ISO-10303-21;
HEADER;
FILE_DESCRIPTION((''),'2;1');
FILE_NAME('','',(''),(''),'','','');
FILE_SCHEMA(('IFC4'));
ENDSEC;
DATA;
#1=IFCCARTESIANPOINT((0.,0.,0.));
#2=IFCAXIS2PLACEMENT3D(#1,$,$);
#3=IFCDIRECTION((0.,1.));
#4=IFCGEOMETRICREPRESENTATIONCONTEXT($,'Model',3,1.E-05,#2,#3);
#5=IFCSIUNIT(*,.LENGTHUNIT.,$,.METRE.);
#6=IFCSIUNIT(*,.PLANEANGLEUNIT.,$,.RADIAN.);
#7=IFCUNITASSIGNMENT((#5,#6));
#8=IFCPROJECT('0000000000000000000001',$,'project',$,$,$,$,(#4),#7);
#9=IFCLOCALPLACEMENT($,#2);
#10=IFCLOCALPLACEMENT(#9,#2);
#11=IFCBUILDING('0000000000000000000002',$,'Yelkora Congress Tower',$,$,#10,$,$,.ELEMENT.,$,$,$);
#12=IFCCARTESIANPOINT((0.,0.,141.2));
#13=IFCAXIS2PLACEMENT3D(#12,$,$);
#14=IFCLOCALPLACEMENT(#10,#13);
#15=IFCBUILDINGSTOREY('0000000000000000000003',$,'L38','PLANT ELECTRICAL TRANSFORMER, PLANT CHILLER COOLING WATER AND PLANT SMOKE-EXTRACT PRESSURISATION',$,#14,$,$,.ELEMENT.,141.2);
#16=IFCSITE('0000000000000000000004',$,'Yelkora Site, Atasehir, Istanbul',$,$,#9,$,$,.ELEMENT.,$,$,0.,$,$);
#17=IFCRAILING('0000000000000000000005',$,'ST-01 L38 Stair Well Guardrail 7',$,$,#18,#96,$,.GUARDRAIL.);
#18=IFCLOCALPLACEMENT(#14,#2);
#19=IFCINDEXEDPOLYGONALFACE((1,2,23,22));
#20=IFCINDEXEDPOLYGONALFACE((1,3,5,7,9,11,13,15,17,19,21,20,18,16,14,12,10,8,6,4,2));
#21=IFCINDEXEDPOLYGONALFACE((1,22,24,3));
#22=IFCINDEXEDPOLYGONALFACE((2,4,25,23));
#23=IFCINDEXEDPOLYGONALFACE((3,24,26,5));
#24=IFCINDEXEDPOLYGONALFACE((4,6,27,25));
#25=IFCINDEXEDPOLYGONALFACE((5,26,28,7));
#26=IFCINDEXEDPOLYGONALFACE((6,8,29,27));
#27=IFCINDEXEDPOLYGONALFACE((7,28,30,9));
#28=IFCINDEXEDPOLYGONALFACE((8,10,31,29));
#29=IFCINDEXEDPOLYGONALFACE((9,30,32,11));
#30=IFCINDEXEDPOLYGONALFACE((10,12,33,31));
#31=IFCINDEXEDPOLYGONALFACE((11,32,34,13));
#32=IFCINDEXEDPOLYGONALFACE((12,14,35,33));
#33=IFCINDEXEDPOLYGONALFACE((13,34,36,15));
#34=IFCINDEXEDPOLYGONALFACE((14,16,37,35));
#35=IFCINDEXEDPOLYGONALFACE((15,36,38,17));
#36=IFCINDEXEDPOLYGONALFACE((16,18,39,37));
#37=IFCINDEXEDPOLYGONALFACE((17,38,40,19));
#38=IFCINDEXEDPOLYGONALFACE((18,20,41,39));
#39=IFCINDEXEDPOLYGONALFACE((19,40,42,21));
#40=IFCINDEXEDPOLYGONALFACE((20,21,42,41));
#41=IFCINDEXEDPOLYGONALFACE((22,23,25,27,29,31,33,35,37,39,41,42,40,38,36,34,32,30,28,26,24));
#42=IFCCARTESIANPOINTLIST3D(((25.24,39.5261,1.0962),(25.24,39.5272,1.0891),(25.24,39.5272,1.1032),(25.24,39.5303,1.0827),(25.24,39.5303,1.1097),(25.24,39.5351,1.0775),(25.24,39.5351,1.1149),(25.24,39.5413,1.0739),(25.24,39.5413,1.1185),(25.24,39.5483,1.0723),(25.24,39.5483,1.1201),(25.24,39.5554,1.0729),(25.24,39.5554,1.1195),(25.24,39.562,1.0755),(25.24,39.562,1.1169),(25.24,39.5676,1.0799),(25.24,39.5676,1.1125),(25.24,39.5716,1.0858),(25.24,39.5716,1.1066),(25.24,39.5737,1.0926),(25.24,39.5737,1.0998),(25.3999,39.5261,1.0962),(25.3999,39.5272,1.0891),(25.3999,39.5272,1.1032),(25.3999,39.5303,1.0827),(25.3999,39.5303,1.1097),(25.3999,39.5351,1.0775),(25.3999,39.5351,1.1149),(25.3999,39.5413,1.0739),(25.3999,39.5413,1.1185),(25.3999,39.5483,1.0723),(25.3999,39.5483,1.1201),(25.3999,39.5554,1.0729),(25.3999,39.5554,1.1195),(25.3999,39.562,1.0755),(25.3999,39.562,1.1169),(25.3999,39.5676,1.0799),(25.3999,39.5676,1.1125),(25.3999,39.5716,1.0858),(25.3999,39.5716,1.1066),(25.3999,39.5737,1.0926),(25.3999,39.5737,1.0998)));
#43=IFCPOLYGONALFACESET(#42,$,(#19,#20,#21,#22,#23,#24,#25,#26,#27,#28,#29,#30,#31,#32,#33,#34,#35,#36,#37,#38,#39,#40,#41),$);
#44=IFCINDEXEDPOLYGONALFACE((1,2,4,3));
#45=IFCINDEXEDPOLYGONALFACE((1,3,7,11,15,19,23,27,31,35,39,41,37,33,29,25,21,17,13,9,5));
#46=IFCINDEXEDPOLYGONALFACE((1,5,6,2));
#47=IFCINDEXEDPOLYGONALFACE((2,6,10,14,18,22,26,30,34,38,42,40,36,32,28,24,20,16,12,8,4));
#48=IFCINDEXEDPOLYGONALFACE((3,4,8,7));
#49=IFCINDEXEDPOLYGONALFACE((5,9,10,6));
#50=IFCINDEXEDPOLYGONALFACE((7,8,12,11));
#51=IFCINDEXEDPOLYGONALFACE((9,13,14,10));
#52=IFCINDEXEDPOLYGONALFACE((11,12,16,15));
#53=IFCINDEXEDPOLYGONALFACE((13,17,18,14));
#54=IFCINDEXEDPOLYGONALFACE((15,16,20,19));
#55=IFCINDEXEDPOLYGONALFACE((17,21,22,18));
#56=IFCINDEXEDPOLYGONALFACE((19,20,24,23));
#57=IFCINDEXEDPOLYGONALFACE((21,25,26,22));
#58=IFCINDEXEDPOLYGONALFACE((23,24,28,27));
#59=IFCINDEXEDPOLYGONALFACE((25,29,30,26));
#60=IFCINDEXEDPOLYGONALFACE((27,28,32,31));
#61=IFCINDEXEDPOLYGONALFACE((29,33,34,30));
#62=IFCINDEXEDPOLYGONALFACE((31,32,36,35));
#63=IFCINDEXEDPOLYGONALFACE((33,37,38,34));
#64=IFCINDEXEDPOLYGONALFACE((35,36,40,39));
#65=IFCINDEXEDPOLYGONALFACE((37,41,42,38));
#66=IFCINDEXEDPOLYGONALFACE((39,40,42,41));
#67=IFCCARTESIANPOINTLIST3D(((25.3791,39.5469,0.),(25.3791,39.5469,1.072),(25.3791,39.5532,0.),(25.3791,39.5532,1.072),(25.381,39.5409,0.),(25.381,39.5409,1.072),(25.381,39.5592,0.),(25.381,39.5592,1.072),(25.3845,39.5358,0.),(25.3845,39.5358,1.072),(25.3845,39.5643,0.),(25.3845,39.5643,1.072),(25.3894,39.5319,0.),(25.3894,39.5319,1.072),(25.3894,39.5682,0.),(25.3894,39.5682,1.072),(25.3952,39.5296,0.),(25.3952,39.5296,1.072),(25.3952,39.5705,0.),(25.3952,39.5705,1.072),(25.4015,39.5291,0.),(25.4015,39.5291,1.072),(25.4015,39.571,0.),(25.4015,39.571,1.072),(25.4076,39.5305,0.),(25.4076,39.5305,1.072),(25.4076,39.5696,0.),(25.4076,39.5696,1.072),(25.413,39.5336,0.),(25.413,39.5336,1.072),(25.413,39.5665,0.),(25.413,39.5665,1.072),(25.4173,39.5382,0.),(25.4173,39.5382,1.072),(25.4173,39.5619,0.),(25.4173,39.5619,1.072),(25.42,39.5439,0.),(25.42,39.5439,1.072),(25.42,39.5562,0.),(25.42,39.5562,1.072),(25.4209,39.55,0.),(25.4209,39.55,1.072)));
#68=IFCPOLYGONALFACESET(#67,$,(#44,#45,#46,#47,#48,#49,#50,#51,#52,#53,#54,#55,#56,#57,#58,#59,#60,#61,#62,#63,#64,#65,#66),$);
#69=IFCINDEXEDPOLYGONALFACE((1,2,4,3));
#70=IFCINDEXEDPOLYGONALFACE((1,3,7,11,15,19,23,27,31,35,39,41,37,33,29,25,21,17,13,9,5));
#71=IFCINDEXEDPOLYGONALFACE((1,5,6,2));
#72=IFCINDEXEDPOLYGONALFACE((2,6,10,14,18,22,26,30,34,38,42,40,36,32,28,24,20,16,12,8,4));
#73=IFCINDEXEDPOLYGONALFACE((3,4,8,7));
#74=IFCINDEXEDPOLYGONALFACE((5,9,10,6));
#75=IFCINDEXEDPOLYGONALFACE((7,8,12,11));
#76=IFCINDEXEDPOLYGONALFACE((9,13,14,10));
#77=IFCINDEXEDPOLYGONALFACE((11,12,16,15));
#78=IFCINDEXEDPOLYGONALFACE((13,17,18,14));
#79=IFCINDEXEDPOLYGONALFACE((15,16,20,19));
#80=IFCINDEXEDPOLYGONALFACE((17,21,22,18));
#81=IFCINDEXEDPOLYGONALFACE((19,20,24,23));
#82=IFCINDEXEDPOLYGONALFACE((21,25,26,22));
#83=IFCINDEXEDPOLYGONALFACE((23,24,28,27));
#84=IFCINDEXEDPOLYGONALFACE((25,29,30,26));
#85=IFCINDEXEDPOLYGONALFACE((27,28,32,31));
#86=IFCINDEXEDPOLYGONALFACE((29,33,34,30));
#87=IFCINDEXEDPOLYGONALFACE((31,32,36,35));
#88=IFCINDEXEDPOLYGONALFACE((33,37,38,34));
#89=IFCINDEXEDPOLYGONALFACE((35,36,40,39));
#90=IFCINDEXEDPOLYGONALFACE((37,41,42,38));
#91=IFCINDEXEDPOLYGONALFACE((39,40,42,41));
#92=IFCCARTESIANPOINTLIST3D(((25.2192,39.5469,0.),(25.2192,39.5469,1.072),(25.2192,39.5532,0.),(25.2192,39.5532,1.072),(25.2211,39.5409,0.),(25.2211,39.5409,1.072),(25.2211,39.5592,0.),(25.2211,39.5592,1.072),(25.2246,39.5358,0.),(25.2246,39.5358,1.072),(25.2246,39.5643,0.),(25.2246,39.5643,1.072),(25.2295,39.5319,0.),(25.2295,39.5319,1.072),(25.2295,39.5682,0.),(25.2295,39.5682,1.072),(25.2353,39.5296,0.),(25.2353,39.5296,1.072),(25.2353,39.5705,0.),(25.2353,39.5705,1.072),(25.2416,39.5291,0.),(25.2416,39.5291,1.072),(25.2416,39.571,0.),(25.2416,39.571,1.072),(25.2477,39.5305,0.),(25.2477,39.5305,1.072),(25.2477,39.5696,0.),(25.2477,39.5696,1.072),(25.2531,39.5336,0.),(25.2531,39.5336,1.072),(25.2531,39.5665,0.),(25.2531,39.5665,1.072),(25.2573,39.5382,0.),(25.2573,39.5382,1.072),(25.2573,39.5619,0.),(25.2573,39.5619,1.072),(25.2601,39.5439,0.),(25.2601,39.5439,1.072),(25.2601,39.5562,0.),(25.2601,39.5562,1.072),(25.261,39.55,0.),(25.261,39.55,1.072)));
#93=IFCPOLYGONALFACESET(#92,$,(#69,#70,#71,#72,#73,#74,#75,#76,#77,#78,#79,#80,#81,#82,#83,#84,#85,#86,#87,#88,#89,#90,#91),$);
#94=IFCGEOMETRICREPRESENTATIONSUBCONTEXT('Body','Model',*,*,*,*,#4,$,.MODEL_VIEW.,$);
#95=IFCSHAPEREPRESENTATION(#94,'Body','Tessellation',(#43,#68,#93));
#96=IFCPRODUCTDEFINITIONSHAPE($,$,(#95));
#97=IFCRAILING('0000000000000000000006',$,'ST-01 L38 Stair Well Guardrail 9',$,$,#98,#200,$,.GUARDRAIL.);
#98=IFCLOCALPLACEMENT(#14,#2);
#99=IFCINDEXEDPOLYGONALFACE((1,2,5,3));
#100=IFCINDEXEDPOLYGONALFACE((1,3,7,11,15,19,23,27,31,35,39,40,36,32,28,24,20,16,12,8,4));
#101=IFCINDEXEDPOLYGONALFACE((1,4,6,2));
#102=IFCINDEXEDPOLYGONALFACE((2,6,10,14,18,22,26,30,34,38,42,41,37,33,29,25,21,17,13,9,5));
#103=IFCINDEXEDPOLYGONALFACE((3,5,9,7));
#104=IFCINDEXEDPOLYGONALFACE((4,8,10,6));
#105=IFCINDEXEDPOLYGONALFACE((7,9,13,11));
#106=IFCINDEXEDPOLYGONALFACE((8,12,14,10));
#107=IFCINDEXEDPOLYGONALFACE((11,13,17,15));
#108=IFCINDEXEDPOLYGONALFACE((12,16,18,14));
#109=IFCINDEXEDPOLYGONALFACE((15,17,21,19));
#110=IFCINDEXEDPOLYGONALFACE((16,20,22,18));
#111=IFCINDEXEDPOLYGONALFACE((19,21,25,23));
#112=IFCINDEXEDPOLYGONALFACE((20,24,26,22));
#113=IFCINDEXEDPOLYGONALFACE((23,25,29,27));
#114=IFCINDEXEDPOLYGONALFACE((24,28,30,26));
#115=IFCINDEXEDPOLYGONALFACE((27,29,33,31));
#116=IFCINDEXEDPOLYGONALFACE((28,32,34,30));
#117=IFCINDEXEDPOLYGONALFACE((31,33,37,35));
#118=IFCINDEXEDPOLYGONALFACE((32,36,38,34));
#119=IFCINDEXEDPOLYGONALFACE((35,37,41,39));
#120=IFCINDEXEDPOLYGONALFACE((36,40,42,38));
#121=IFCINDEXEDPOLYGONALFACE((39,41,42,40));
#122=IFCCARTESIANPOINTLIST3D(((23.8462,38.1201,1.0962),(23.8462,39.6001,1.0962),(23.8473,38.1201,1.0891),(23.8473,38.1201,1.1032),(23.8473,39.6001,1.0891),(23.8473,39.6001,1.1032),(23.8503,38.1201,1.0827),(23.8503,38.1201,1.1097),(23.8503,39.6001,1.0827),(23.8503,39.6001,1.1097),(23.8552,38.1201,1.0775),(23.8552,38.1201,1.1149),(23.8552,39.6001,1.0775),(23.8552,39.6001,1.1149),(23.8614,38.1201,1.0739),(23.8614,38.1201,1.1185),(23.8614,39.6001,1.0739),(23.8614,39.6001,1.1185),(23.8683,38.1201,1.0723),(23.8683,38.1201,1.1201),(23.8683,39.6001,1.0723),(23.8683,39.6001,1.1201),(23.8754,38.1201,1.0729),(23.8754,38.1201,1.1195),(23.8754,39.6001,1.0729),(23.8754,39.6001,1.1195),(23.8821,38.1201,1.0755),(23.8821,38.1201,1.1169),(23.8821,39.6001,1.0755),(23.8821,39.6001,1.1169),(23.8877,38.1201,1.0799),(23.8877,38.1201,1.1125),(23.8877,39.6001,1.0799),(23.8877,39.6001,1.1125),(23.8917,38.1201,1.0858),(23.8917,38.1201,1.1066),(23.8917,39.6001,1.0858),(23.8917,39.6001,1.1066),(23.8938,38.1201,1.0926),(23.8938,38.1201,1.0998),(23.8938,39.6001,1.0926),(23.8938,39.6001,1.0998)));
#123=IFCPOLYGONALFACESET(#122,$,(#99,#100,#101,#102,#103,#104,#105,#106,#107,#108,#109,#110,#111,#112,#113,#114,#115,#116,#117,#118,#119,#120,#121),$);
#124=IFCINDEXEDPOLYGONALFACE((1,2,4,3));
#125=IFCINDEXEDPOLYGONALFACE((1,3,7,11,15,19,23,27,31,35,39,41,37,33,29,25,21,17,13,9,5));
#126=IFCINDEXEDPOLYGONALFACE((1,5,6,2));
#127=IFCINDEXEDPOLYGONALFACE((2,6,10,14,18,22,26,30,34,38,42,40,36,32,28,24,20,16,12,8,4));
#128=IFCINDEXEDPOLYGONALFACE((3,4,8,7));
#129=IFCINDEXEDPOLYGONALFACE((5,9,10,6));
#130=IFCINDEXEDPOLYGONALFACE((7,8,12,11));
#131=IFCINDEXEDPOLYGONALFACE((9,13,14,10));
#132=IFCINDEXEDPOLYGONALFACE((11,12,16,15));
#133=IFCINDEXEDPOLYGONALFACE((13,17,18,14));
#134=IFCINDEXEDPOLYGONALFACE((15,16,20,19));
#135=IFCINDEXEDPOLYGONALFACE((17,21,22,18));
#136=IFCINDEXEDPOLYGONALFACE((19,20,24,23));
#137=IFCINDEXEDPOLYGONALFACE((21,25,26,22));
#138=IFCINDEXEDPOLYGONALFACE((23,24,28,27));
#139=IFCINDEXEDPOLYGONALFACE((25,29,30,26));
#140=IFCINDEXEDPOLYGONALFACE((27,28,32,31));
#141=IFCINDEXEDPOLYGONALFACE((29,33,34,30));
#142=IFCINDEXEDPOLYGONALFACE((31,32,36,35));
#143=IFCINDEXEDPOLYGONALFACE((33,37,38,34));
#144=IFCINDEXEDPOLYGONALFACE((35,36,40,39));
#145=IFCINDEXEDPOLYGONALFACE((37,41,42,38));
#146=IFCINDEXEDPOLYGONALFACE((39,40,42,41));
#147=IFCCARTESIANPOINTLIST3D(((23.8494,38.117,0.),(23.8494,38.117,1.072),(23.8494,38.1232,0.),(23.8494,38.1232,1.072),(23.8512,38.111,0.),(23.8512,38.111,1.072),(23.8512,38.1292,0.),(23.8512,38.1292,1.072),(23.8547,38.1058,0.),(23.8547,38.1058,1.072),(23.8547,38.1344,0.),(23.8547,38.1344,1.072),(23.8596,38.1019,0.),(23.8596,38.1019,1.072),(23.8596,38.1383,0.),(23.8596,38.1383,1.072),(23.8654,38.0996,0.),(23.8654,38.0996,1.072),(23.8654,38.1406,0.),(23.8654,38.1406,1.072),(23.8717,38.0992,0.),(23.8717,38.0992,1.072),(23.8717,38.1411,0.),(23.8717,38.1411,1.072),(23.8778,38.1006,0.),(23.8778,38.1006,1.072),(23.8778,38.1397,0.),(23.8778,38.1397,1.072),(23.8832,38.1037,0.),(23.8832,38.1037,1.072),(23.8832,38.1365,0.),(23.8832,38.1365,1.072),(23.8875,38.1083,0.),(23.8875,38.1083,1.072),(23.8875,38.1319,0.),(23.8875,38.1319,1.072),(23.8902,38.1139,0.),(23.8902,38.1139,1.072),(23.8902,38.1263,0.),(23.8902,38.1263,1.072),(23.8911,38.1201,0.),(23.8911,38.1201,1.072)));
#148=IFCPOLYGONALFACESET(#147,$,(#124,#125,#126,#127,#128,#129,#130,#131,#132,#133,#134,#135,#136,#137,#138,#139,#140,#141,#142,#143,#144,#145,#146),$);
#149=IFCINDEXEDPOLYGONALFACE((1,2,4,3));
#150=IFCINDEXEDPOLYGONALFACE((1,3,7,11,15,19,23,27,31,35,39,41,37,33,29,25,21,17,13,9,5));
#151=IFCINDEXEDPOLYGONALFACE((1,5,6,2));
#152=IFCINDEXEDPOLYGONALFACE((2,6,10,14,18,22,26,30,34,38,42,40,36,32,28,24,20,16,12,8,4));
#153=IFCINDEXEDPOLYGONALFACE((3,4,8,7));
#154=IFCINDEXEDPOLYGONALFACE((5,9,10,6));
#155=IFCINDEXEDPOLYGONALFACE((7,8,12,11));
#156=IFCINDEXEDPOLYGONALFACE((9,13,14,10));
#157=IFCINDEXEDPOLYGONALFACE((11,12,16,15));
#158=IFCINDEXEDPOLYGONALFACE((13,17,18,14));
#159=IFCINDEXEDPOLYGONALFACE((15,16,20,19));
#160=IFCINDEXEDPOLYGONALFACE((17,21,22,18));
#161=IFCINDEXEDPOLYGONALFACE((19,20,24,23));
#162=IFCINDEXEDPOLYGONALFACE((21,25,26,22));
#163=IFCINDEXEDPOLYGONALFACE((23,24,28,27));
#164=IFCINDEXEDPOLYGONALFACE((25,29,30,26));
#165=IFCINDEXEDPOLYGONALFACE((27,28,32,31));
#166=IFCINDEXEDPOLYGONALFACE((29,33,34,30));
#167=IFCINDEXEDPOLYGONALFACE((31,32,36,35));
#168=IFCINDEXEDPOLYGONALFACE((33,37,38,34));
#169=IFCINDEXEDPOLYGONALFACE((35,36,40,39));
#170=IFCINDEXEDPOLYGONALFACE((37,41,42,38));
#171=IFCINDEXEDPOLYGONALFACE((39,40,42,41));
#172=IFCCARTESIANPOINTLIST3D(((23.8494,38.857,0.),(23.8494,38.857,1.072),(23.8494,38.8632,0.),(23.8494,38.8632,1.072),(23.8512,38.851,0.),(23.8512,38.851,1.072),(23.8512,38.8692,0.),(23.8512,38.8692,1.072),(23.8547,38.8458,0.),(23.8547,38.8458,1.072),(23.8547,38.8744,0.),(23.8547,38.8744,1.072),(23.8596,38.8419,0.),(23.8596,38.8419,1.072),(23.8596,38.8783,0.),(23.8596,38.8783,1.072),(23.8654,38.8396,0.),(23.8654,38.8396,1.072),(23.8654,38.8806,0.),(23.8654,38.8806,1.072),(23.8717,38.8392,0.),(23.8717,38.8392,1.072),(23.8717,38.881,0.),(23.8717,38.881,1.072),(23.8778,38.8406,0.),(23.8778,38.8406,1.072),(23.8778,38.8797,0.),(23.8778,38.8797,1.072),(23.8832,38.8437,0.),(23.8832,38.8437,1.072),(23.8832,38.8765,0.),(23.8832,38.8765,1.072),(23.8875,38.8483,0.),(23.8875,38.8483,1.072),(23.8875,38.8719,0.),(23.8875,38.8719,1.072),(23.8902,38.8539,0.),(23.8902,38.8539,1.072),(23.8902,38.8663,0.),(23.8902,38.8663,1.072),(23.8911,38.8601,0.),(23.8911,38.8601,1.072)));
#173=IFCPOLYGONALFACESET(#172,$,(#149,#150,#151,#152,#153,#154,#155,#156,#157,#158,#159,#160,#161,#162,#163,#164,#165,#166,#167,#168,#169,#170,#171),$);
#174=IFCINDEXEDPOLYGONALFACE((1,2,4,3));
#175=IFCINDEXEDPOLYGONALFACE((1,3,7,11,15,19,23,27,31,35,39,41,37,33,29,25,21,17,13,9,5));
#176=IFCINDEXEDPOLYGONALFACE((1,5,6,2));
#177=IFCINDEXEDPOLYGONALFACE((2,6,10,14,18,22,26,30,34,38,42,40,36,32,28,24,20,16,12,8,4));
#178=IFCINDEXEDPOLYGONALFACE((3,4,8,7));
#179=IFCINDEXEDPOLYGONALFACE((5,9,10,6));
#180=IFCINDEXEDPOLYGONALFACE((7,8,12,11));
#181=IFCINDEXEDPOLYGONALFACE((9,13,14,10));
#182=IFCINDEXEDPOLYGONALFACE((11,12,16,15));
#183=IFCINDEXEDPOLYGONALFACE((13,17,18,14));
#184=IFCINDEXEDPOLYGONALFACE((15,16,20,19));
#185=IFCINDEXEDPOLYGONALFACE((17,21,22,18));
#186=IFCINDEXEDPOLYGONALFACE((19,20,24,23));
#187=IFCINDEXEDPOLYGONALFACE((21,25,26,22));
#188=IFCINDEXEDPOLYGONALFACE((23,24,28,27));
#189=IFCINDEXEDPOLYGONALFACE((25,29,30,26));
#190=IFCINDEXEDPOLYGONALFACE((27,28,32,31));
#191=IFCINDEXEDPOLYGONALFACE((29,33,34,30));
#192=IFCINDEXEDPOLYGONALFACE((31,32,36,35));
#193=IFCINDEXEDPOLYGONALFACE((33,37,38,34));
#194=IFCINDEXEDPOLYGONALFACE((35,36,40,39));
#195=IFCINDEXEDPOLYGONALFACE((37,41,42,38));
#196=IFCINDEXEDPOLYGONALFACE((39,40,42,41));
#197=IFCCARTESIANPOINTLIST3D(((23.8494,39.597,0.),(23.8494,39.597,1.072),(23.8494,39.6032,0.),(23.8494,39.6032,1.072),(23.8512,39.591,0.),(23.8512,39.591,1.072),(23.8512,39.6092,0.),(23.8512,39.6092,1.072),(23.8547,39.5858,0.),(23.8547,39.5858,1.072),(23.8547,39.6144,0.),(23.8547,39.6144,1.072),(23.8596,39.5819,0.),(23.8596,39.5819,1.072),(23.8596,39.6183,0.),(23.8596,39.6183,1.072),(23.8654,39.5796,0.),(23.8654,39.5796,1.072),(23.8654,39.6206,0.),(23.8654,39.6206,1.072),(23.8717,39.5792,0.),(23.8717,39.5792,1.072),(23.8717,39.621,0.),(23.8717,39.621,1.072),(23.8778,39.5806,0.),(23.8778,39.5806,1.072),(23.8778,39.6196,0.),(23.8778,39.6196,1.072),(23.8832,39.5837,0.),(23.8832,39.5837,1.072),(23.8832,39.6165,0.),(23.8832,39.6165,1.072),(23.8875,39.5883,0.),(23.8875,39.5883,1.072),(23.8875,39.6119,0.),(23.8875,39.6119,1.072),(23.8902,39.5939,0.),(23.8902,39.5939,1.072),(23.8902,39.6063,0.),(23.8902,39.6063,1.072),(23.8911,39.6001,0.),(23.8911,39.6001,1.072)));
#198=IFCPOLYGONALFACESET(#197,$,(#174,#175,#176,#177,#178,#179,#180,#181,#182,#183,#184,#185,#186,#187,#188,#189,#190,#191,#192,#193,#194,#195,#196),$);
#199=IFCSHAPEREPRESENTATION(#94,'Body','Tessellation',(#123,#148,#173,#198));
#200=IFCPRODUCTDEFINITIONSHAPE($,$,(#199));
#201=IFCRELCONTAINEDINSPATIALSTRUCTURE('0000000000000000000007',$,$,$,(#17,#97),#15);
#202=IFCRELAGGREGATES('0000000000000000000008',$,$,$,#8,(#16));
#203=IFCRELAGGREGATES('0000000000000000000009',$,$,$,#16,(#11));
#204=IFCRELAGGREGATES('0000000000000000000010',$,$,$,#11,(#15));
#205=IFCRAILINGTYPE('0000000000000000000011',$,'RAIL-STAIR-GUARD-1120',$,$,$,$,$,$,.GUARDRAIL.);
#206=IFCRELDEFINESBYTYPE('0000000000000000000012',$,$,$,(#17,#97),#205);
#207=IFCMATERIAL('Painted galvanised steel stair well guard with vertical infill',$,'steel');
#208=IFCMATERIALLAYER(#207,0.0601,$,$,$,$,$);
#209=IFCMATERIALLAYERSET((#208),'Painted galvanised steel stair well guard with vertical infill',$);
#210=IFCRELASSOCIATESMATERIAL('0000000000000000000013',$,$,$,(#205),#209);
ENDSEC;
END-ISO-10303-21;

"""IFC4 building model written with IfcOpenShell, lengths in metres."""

from ifc_helpers import new_model, si_unit, direction, frame, origin, origin_2d, place, context, subcontext, project, spatial, circle, extrude, material, layer, layer_set, type_object, element, save


model = new_model("IFC4")

# Units and contexts
model_context = context("Model", 3, precision=1e-05, world=origin(), true_north=direction((0.0, 1.0)))
body_context = subcontext(model_context, "Body", "Model", "MODEL_VIEW")
ifc_project = project(units=[si_unit("LENGTHUNIT", "METRE"), si_unit("PLANEANGLEUNIT", "RADIAN")], contexts=[model_context])

# Site, building, storey
site_placement = place(None, origin())
site = spatial("IfcSite", under=ifc_project, at=site_placement, Name="Yelkora Site, Atasehir, Istanbul", CompositionType="ELEMENT", RefElevation=0.0)
building_placement = place(site_placement, origin())
building = spatial("IfcBuilding", under=site, at=building_placement, Name="Yelkora Congress Tower", CompositionType="ELEMENT")
storey_placement = place(building_placement, frame((0.0, 0.0, 141.2)))
storey = spatial("IfcBuildingStorey", under=building, at=storey_placement, Name="L38", Description="PLANT ELECTRICAL TRANSFORMER, PLANT CHILLER COOLING WATER AND PLANT SMOKE-EXTRACT PRESSURISATION", CompositionType="ELEMENT", Elevation=141.2)

# Railings
ifc_material_1 = material(Name="Painted galvanised steel stair well guard with vertical infill", Category="steel")
ifc_layer_1 = layer(ifc_material_1, 0.0601)
ifc_layer_set_1 = layer_set([ifc_layer_1], Name="Painted galvanised steel stair well guard with vertical infill")
railing_type_1 = type_object("IfcRailingType", Name="RAIL-STAIR-GUARD-1120", PredefinedType="GUARDRAIL", material=ifc_layer_set_1)
railing_1_placement = place(storey_placement, frame((25.3999, 39.55, 0.0)))
element("IfcRailing", 1, at=railing_1_placement, inside=storey, type_object=railing_type_1, Name="ST-01 L38 Stair Well Guardrail 7", PredefinedType="GUARDRAIL", context=body_context, shape_type="SweptSolid", body=[
    extrude(circle(Radius=0.0239, at=origin_2d()), frame((0.0, 0.0, 1.0962), z_axis=(-1.0, 0.0, 0.0), x_axis=(0.0, -1.0, 0.0)), (0.0, 0.0, 1.0), 0.1599),
    extrude(circle(Radius=0.021, at=origin_2d()), origin(), (0.0, 0.0, 1.0), 1.072),
    extrude(circle(Radius=0.021, at=origin_2d()), frame((-0.1599, 0.0, 0.0)), (0.0, 0.0, 1.0), 1.072),
])
railing_2_placement = place(storey_placement, frame((23.8701, 38.1201, 0.0)))
element("IfcRailing", 2, at=railing_2_placement, inside=storey, type_object=railing_type_1, Name="ST-01 L38 Stair Well Guardrail 9", PredefinedType="GUARDRAIL", context=body_context, shape_type="SweptSolid", body=[
    extrude(circle(Radius=0.0239, at=origin_2d()), frame((0.0, 0.0, 1.0962), z_axis=(0.0, 1.0, 0.0), x_axis=(-1.0, 0.0, 0.0)), (0.0, 0.0, 1.0), 1.48),
    extrude(circle(Radius=0.021, at=origin_2d()), origin(), (0.0, 0.0, 1.0), 1.072),
    extrude(circle(Radius=0.021, at=origin_2d()), frame((0.0, 0.74, 0.0)), (0.0, 0.0, 1.0), 1.072),
    extrude(circle(Radius=0.021, at=origin_2d()), frame((0.0, 1.48, 0.0)), (0.0, 0.0, 1.0), 1.072),
])

save(model, "model.ifc")
